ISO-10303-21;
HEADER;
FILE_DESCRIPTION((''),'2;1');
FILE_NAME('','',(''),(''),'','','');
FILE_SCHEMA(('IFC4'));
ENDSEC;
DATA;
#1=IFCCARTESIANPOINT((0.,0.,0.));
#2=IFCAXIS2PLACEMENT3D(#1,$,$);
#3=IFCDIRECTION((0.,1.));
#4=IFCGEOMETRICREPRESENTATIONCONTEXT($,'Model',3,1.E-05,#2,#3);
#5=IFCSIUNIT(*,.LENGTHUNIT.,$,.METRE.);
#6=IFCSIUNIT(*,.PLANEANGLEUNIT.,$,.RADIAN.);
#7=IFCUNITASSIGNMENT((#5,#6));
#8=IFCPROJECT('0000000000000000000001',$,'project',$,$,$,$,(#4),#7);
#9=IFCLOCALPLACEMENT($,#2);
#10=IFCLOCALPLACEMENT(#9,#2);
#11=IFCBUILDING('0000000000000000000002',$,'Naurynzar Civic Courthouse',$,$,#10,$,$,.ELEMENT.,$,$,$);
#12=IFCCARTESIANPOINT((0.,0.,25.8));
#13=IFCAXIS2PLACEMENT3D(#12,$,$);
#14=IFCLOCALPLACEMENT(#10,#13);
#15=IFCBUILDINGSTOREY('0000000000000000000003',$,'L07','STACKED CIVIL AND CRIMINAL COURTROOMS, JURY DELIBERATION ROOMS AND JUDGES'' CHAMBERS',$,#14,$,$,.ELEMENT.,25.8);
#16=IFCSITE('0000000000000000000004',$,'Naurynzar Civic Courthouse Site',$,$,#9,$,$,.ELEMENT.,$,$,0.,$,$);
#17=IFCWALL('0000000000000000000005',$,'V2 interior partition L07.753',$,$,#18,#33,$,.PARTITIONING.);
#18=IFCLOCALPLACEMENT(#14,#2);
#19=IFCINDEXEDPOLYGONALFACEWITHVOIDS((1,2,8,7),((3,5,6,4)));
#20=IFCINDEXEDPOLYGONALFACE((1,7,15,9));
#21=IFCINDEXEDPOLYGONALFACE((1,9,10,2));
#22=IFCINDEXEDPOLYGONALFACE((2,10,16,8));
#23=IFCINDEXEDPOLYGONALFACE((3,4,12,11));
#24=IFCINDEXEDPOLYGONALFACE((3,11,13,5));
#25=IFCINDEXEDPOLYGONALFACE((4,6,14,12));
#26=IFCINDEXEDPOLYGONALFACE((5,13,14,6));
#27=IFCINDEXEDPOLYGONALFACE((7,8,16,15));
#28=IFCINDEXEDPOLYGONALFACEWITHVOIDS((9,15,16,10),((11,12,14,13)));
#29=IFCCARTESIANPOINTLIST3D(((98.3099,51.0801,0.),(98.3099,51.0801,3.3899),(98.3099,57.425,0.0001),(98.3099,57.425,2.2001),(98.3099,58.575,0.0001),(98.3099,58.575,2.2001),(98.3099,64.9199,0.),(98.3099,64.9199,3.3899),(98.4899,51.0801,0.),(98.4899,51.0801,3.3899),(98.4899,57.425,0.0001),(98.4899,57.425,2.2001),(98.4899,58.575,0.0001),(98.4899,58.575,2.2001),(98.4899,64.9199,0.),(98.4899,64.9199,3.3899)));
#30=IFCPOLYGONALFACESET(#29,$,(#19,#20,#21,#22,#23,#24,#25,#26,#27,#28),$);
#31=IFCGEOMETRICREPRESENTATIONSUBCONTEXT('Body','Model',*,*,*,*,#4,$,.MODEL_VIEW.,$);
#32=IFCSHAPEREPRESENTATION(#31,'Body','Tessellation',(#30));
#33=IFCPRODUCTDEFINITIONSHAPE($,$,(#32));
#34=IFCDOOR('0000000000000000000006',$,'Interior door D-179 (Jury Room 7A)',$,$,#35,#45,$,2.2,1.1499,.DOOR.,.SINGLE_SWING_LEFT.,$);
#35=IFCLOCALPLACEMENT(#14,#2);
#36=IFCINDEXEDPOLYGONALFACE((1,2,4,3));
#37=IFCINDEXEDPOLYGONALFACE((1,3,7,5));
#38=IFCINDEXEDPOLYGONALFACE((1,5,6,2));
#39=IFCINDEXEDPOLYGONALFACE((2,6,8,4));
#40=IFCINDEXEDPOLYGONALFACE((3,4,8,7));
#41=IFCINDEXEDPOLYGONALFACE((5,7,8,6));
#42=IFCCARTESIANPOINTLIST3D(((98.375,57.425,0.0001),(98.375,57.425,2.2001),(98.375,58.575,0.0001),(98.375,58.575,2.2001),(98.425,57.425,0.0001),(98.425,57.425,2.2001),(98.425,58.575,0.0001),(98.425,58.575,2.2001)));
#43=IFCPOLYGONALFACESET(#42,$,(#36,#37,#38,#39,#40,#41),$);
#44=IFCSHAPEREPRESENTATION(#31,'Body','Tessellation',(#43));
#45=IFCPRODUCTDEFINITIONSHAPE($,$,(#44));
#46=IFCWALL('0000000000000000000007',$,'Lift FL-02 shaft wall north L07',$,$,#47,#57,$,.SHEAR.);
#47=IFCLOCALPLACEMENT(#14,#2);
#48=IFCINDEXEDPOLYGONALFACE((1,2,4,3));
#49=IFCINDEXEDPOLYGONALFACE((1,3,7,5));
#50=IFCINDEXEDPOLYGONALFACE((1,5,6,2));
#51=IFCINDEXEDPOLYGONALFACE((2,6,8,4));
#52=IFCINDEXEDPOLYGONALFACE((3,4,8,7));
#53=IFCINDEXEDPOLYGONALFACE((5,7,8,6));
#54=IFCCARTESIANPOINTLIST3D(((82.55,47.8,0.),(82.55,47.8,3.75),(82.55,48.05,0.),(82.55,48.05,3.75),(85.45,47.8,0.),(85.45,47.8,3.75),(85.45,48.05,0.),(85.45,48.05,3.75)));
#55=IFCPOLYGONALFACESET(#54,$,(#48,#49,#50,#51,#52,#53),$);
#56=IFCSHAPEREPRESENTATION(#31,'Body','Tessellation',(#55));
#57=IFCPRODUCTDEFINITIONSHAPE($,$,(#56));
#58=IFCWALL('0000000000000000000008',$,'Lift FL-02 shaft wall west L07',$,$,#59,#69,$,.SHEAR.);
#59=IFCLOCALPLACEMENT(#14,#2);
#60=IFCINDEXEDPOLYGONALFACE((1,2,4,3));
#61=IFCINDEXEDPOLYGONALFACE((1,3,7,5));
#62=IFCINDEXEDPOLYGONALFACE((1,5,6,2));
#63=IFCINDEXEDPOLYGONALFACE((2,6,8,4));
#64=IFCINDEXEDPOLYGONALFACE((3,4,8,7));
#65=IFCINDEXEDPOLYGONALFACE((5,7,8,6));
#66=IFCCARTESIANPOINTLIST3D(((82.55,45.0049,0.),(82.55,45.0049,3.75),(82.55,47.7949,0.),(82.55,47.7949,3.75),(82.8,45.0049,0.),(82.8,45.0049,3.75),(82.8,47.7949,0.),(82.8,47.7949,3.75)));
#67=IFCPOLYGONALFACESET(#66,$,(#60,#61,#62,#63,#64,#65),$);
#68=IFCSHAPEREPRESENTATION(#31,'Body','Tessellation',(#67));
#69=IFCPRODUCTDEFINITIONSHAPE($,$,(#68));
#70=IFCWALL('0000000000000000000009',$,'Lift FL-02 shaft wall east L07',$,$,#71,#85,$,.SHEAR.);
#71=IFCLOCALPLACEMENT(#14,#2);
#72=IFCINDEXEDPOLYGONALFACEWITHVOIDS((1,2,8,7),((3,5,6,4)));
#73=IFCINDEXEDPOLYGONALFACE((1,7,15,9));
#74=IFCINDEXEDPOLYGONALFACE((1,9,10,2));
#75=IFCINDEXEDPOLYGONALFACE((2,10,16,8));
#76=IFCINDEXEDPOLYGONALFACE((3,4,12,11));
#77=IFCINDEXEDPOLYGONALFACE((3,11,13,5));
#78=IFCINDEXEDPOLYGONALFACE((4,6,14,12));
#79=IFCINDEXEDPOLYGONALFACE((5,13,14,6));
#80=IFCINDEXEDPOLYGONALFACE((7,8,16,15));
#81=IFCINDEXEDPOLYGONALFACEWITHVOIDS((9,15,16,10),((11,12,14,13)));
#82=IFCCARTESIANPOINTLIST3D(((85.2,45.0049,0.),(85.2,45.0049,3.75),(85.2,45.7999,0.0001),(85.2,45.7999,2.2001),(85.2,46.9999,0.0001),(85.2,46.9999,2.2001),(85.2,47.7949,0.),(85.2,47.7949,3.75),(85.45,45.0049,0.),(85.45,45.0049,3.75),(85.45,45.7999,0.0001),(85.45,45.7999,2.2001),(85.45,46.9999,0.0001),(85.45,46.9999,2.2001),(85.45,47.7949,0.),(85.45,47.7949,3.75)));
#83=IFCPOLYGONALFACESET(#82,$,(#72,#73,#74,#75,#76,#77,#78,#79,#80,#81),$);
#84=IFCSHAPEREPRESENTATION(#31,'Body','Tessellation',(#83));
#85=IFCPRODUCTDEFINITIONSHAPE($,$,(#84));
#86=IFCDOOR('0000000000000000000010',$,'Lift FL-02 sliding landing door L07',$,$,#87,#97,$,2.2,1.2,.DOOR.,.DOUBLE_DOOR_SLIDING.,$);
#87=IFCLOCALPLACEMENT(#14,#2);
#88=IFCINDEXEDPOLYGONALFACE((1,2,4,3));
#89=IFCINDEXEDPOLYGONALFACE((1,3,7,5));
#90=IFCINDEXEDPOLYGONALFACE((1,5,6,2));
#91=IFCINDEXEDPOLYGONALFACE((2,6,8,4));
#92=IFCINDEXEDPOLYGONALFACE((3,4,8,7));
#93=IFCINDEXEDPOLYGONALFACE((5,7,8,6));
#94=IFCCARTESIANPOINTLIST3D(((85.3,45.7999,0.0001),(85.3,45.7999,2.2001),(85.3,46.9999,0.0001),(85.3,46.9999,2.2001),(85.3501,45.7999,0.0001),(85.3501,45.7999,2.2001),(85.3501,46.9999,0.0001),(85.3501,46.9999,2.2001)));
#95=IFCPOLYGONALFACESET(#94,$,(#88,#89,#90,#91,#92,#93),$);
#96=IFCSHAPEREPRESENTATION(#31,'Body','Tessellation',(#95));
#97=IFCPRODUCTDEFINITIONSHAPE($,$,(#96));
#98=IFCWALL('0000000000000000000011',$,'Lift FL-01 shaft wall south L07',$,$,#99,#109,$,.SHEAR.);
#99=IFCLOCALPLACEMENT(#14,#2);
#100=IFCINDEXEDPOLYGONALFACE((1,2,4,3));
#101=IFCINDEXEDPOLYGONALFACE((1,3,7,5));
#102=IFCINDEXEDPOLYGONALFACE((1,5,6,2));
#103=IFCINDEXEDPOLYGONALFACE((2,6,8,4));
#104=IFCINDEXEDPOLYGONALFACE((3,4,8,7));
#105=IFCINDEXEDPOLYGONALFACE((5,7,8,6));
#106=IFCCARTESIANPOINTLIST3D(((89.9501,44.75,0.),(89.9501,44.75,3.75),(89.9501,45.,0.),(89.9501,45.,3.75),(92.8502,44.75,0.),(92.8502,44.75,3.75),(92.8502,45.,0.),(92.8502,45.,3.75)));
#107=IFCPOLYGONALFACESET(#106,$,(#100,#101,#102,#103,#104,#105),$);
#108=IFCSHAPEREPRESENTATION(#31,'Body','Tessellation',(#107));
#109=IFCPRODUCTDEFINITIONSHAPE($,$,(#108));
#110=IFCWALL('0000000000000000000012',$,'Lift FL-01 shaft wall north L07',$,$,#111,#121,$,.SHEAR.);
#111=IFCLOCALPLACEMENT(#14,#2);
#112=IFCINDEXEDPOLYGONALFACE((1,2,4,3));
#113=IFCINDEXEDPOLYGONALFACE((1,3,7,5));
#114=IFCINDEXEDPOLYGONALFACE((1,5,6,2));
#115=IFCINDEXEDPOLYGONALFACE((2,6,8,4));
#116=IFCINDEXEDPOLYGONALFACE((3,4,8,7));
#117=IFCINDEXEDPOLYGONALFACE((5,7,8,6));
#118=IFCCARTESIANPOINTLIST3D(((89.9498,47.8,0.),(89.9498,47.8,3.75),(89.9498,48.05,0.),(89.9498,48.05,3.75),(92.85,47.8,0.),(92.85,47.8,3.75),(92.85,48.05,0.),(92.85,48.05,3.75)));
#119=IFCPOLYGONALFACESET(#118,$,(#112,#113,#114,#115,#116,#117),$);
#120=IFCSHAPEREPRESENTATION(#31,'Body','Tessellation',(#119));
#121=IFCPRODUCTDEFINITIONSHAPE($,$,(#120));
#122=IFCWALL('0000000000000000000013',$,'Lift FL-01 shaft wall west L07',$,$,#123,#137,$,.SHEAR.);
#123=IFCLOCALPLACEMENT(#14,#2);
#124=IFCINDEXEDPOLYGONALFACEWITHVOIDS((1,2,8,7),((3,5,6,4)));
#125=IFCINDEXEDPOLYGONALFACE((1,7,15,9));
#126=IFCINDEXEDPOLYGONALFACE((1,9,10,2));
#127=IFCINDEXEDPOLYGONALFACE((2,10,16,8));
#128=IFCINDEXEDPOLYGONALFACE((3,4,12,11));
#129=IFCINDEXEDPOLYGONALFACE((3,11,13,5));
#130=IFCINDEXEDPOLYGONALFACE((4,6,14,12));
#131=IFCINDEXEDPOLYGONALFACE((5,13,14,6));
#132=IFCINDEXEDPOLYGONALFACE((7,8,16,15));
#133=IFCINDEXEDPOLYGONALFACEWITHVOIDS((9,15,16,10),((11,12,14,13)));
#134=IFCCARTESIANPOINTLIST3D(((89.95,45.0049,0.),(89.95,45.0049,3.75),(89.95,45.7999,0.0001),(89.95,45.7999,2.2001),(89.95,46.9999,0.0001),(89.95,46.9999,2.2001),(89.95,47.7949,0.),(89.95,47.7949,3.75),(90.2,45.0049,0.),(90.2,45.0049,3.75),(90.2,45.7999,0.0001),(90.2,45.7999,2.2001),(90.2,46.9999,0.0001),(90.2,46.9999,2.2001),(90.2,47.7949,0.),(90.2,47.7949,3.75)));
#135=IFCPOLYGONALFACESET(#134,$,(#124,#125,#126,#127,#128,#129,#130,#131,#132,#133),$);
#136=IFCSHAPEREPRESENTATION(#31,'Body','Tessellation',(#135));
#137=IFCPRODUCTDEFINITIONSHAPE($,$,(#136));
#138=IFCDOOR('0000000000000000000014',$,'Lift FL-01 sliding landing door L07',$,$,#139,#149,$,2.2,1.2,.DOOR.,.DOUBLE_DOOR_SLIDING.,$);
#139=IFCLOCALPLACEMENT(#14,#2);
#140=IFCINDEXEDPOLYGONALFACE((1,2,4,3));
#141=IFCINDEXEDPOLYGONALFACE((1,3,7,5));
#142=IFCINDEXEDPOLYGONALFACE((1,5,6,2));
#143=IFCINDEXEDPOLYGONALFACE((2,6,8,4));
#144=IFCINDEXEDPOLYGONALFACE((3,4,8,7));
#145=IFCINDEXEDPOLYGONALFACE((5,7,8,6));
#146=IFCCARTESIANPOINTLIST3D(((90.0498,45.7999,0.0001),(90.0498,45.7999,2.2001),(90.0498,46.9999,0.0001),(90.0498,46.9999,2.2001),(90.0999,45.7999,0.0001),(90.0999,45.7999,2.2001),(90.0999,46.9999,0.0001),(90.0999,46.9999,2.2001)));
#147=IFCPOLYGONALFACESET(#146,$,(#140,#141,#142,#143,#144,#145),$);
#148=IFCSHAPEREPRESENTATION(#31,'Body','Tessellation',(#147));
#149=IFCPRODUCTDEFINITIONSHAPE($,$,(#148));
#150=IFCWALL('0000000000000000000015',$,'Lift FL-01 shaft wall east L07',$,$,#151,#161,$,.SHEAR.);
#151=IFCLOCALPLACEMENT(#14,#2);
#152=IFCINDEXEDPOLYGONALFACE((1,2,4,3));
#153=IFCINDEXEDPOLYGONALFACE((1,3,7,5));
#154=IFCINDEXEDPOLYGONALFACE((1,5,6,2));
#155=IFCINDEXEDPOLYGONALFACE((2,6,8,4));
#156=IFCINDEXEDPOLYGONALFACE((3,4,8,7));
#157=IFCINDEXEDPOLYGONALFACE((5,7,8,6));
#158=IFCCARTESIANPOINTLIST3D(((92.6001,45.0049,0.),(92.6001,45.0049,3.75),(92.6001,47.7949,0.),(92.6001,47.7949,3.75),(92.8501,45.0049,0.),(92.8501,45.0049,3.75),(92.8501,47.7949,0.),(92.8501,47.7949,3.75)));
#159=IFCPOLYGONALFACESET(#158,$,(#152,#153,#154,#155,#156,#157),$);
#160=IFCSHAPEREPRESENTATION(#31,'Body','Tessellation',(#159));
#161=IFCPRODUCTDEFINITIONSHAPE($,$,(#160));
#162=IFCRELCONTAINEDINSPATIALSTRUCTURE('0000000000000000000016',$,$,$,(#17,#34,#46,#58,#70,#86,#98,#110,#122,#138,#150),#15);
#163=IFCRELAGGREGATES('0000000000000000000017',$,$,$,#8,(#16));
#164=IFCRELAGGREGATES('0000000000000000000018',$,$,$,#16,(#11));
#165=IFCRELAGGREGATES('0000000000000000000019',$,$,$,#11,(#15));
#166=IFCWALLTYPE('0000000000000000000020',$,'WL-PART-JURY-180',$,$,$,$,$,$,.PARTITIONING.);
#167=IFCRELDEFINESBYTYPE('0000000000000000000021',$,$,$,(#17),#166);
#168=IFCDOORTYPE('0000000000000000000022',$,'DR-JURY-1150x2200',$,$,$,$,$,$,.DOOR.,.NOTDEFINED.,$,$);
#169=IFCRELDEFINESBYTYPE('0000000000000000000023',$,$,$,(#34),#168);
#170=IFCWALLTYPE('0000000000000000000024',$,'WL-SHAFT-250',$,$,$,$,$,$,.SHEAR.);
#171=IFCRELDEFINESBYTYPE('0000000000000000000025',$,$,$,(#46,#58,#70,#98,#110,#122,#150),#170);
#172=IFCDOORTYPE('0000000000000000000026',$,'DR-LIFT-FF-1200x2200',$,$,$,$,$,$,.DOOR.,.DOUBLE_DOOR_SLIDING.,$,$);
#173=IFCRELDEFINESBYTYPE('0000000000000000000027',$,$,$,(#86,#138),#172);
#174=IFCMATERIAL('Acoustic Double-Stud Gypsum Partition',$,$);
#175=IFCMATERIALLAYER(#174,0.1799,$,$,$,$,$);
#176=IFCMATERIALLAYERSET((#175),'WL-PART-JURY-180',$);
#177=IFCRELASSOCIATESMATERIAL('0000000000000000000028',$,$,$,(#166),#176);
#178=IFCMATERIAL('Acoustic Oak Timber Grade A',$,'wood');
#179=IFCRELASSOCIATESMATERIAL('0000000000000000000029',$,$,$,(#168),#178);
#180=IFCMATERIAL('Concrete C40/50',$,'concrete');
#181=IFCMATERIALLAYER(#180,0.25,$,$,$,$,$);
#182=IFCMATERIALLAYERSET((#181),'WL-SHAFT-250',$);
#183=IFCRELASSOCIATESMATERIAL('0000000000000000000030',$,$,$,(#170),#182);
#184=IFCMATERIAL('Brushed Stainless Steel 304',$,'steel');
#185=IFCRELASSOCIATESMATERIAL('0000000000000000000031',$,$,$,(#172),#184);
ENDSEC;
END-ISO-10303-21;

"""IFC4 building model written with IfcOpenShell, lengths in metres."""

from ifc_helpers import new_model, si_unit, direction, frame, frame_2d, origin, place, context, subcontext, project, spatial, rectangle, extrude, material, layer, layer_set, type_object, element, fill, save


model = new_model("IFC4")

# Units and contexts
model_context = context("Model", 3, precision=1e-05, world=origin(), true_north=direction((0.0, 1.0)))
body_context = subcontext(model_context, "Body", "Model", "MODEL_VIEW")
ifc_project = project(units=[si_unit("LENGTHUNIT", "METRE"), si_unit("PLANEANGLEUNIT", "RADIAN")], contexts=[model_context])

# Site, building, storey
site_placement = place(None, origin())
site = spatial("IfcSite", under=ifc_project, at=site_placement, Name="Naurynzar Civic Courthouse Site", CompositionType="ELEMENT", RefElevation=0.0)
building_placement = place(site_placement, origin())
building = spatial("IfcBuilding", under=site, at=building_placement, Name="Naurynzar Civic Courthouse", CompositionType="ELEMENT")
storey_placement = place(building_placement, frame((0.0, 0.0, 25.8)))
storey = spatial("IfcBuildingStorey", under=building, at=storey_placement, Name="L07", Description="STACKED CIVIL AND CRIMINAL COURTROOMS, JURY DELIBERATION ROOMS AND JUDGES' CHAMBERS", CompositionType="ELEMENT", Elevation=25.8)

# Shared definitions
ifc_material_1 = material(Name="Acoustic Double-Stud Gypsum Partition")
ifc_layer_1 = layer(ifc_material_1, 0.1799)
ifc_layer_set_1 = layer_set([ifc_layer_1], Name="WL-PART-JURY-180")
wall_type_1 = type_object("IfcWallType", Name="WL-PART-JURY-180", PredefinedType="PARTITIONING", material=ifc_layer_set_1)

# Wall, opening, door
wall_1_placement = place(storey_placement, frame((98.3999, 51.0801, 0.0), z_axis=(0.0, 0.0, 1.0), x_axis=(0.0, 1.0, 0.0)))
wall_1 = element("IfcWall", 1, at=wall_1_placement, inside=storey, type_object=wall_type_1, Name="V2 interior partition L07.753", PredefinedType="PARTITIONING", context=body_context, shape_type="SweptSolid", body=[
    extrude(rectangle(XDim=13.8398, YDim=0.1799, at=frame_2d((6.9199, 0.0))), origin(), (0.0, 0.0, 1.0), 3.3899),
])
opening_1_placement = place(wall_1_placement, frame((6.345, 0.0, 0.0)))
opening_1 = element("IfcOpeningElement", 2, at=opening_1_placement, cuts=wall_1, PredefinedType="OPENING", context=body_context, shape_type="SweptSolid", body=[
    extrude(rectangle(XDim=1.1499, YDim=2.2, at=frame_2d((0.575, 1.1001))), frame((0.0, 0.0999, 0.0), z_axis=(0.0, -1.0, 0.0), x_axis=(1.0, 0.0, 0.0)), (0.0, 0.0, 1.0), 0.2),
])
ifc_material_2 = material(Name="Acoustic Oak Timber Grade A", Category="wood")
door_type_1 = type_object("IfcDoorType", Name="DR-JURY-1150x2200", OperationType="NOTDEFINED", PredefinedType="DOOR", material=ifc_material_2)
door_1_placement = place(opening_1_placement, origin())
door_1 = element("IfcDoor", 3, at=door_1_placement, inside=storey, type_object=door_type_1, Name="Interior door D-179 (Jury Room 7A)", OperationType="SINGLE_SWING_LEFT", OverallHeight=2.2, OverallWidth=1.1499, PredefinedType="DOOR", context=body_context, shape_type="SweptSolid", body=[
    extrude(rectangle(XDim=1.1499, YDim=2.2, at=frame_2d((0.575, 1.1001))), frame((0.0, 0.0249, 0.0), z_axis=(0.0, -1.0, 0.0), x_axis=(1.0, 0.0, 0.0)), (0.0, 0.0, 1.0), 0.05),
])
fill(opening_1, door_1)

# Walls
ifc_material_3 = material(Name="Concrete C40/50", Category="concrete")
ifc_layer_2 = layer(ifc_material_3, 0.25)
ifc_layer_set_2 = layer_set([ifc_layer_2], Name="WL-SHAFT-250")
wall_type_2 = type_object("IfcWallType", Name="WL-SHAFT-250", PredefinedType="SHEAR", material=ifc_layer_set_2)
wall_2_placement = place(storey_placement, frame((85.45, 47.925, 0.0), z_axis=(0.0, 0.0, 1.0), x_axis=(-1.0, 0.0, 0.0)))
element("IfcWall", 4, at=wall_2_placement, inside=storey, type_object=wall_type_2, Name="Lift FL-02 shaft wall north L07", PredefinedType="SHEAR", context=body_context, shape_type="SweptSolid", body=[
    extrude(rectangle(XDim=2.8999, YDim=0.25, at=frame_2d((1.45, 0.0))), origin(), (0.0, 0.0, 1.0), 3.75),
])
wall_3_placement = place(storey_placement, frame((82.675, 47.7949, 0.0), z_axis=(0.0, 0.0, 1.0), x_axis=(0.0, -1.0, 0.0)))
element("IfcWall", 5, at=wall_3_placement, inside=storey, type_object=wall_type_2, Name="Lift FL-02 shaft wall west L07", PredefinedType="SHEAR", context=body_context, shape_type="SweptSolid", body=[
    extrude(rectangle(XDim=2.79, YDim=0.25, at=frame_2d((1.395, 0.0))), origin(), (0.0, 0.0, 1.0), 3.75),
])

# Wall, opening, door
wall_4_placement = place(storey_placement, frame((85.325, 45.0049, 0.0), z_axis=(0.0, 0.0, 1.0), x_axis=(0.0, 1.0, 0.0)))
wall_4 = element("IfcWall", 6, at=wall_4_placement, inside=storey, type_object=wall_type_2, Name="Lift FL-02 shaft wall east L07", PredefinedType="SHEAR", context=body_context, shape_type="SweptSolid", body=[
    extrude(rectangle(XDim=2.79, YDim=0.25, at=frame_2d((1.395, 0.0))), origin(), (0.0, 0.0, 1.0), 3.75),
])
opening_2_placement = place(wall_4_placement, frame((0.7949, 0.0, 0.0)))
opening_2 = element("IfcOpeningElement", 7, at=opening_2_placement, cuts=wall_4, PredefinedType="OPENING", context=body_context, shape_type="SweptSolid", body=[
    extrude(rectangle(XDim=1.2, YDim=2.2, at=frame_2d((0.6001, 1.1001))), frame((0.0, 0.135, 0.0), z_axis=(0.0, -1.0, 0.0), x_axis=(1.0, 0.0, 0.0)), (0.0, 0.0, 1.0), 0.27),
])
ifc_material_4 = material(Name="Brushed Stainless Steel 304", Category="steel")
door_type_2 = type_object("IfcDoorType", Name="DR-LIFT-FF-1200x2200", OperationType="DOUBLE_DOOR_SLIDING", PredefinedType="DOOR", material=ifc_material_4)
door_2_placement = place(opening_2_placement, origin())
door_2 = element("IfcDoor", 8, at=door_2_placement, inside=storey, type_object=door_type_2, Name="Lift FL-02 sliding landing door L07", OperationType="DOUBLE_DOOR_SLIDING", OverallHeight=2.2, OverallWidth=1.2, PredefinedType="DOOR", context=body_context, shape_type="SweptSolid", body=[
    extrude(rectangle(XDim=1.2, YDim=2.2, at=frame_2d((0.6001, 1.1001))), frame((0.0, 0.0249, 0.0), z_axis=(0.0, -1.0, 0.0), x_axis=(1.0, 0.0, 0.0)), (0.0, 0.0, 1.0), 0.05),
])
fill(opening_2, door_2)

# Walls
for number, where, z_axis, x_axis, name in (
    (9, (89.95, 44.875, 0.0), (0.0, 0.0, 1.0), (1.0, 0.0, 0.0), "Lift FL-01 shaft wall south L07"),
    (10, (92.8501, 47.925, 0.0), (0.0, 0.0, 1.0), (-1.0, 0.0, 0.0), "Lift FL-01 shaft wall north L07"),
):
    element("IfcWall", number, at=place(storey_placement, frame(where, z_axis=z_axis, x_axis=x_axis)), inside=storey, type_object=wall_type_2, Name=name, PredefinedType="SHEAR", context=body_context, shape_type="SweptSolid", body=[
        extrude(rectangle(XDim=2.9001, YDim=0.25, at=frame_2d((1.4502, 0.0))), origin(), (0.0, 0.0, 1.0), 3.75),
    ])

# Wall, opening, door
wall_5_placement = place(storey_placement, frame((90.075, 47.7949, 0.0), z_axis=(0.0, 0.0, 1.0), x_axis=(0.0, -1.0, 0.0)))
wall_5 = element("IfcWall", 11, at=wall_5_placement, inside=storey, type_object=wall_type_2, Name="Lift FL-01 shaft wall west L07", PredefinedType="SHEAR", context=body_context, shape_type="SweptSolid", body=[
    extrude(rectangle(XDim=2.79, YDim=0.25, at=frame_2d((1.395, 0.0))), origin(), (0.0, 0.0, 1.0), 3.75),
])
opening_3_placement = place(wall_5_placement, frame((0.7949, 0.0, 0.0)))
opening_3 = element("IfcOpeningElement", 12, at=opening_3_placement, cuts=wall_5, PredefinedType="OPENING", context=body_context, shape_type="SweptSolid", body=[
    extrude(rectangle(XDim=1.2, YDim=2.2, at=frame_2d((0.6001, 1.1001))), frame((0.0, 0.135, 0.0), z_axis=(0.0, -1.0, 0.0), x_axis=(1.0, 0.0, 0.0)), (0.0, 0.0, 1.0), 0.27),
])
door_3_placement = place(opening_3_placement, origin())
door_3 = element("IfcDoor", 13, at=door_3_placement, inside=storey, type_object=door_type_2, Name="Lift FL-01 sliding landing door L07", OperationType="DOUBLE_DOOR_SLIDING", OverallHeight=2.2, OverallWidth=1.2, PredefinedType="DOOR", context=body_context, shape_type="SweptSolid", body=[
    extrude(rectangle(XDim=1.2, YDim=2.2, at=frame_2d((0.6001, 1.1001))), frame((0.0, 0.0249, 0.0), z_axis=(0.0, -1.0, 0.0), x_axis=(1.0, 0.0, 0.0)), (0.0, 0.0, 1.0), 0.05),
])
fill(opening_3, door_3)

# Wall
wall_6_placement = place(storey_placement, frame((92.7251, 45.0049, 0.0), z_axis=(0.0, 0.0, 1.0), x_axis=(0.0, 1.0, 0.0)))
element("IfcWall", 14, at=wall_6_placement, inside=storey, type_object=wall_type_2, Name="Lift FL-01 shaft wall east L07", PredefinedType="SHEAR", context=body_context, shape_type="SweptSolid", body=[
    extrude(rectangle(XDim=2.79, YDim=0.25, at=frame_2d((1.395, 0.0))), origin(), (0.0, 0.0, 1.0), 3.75),
])

save(model, "model.ifc")
